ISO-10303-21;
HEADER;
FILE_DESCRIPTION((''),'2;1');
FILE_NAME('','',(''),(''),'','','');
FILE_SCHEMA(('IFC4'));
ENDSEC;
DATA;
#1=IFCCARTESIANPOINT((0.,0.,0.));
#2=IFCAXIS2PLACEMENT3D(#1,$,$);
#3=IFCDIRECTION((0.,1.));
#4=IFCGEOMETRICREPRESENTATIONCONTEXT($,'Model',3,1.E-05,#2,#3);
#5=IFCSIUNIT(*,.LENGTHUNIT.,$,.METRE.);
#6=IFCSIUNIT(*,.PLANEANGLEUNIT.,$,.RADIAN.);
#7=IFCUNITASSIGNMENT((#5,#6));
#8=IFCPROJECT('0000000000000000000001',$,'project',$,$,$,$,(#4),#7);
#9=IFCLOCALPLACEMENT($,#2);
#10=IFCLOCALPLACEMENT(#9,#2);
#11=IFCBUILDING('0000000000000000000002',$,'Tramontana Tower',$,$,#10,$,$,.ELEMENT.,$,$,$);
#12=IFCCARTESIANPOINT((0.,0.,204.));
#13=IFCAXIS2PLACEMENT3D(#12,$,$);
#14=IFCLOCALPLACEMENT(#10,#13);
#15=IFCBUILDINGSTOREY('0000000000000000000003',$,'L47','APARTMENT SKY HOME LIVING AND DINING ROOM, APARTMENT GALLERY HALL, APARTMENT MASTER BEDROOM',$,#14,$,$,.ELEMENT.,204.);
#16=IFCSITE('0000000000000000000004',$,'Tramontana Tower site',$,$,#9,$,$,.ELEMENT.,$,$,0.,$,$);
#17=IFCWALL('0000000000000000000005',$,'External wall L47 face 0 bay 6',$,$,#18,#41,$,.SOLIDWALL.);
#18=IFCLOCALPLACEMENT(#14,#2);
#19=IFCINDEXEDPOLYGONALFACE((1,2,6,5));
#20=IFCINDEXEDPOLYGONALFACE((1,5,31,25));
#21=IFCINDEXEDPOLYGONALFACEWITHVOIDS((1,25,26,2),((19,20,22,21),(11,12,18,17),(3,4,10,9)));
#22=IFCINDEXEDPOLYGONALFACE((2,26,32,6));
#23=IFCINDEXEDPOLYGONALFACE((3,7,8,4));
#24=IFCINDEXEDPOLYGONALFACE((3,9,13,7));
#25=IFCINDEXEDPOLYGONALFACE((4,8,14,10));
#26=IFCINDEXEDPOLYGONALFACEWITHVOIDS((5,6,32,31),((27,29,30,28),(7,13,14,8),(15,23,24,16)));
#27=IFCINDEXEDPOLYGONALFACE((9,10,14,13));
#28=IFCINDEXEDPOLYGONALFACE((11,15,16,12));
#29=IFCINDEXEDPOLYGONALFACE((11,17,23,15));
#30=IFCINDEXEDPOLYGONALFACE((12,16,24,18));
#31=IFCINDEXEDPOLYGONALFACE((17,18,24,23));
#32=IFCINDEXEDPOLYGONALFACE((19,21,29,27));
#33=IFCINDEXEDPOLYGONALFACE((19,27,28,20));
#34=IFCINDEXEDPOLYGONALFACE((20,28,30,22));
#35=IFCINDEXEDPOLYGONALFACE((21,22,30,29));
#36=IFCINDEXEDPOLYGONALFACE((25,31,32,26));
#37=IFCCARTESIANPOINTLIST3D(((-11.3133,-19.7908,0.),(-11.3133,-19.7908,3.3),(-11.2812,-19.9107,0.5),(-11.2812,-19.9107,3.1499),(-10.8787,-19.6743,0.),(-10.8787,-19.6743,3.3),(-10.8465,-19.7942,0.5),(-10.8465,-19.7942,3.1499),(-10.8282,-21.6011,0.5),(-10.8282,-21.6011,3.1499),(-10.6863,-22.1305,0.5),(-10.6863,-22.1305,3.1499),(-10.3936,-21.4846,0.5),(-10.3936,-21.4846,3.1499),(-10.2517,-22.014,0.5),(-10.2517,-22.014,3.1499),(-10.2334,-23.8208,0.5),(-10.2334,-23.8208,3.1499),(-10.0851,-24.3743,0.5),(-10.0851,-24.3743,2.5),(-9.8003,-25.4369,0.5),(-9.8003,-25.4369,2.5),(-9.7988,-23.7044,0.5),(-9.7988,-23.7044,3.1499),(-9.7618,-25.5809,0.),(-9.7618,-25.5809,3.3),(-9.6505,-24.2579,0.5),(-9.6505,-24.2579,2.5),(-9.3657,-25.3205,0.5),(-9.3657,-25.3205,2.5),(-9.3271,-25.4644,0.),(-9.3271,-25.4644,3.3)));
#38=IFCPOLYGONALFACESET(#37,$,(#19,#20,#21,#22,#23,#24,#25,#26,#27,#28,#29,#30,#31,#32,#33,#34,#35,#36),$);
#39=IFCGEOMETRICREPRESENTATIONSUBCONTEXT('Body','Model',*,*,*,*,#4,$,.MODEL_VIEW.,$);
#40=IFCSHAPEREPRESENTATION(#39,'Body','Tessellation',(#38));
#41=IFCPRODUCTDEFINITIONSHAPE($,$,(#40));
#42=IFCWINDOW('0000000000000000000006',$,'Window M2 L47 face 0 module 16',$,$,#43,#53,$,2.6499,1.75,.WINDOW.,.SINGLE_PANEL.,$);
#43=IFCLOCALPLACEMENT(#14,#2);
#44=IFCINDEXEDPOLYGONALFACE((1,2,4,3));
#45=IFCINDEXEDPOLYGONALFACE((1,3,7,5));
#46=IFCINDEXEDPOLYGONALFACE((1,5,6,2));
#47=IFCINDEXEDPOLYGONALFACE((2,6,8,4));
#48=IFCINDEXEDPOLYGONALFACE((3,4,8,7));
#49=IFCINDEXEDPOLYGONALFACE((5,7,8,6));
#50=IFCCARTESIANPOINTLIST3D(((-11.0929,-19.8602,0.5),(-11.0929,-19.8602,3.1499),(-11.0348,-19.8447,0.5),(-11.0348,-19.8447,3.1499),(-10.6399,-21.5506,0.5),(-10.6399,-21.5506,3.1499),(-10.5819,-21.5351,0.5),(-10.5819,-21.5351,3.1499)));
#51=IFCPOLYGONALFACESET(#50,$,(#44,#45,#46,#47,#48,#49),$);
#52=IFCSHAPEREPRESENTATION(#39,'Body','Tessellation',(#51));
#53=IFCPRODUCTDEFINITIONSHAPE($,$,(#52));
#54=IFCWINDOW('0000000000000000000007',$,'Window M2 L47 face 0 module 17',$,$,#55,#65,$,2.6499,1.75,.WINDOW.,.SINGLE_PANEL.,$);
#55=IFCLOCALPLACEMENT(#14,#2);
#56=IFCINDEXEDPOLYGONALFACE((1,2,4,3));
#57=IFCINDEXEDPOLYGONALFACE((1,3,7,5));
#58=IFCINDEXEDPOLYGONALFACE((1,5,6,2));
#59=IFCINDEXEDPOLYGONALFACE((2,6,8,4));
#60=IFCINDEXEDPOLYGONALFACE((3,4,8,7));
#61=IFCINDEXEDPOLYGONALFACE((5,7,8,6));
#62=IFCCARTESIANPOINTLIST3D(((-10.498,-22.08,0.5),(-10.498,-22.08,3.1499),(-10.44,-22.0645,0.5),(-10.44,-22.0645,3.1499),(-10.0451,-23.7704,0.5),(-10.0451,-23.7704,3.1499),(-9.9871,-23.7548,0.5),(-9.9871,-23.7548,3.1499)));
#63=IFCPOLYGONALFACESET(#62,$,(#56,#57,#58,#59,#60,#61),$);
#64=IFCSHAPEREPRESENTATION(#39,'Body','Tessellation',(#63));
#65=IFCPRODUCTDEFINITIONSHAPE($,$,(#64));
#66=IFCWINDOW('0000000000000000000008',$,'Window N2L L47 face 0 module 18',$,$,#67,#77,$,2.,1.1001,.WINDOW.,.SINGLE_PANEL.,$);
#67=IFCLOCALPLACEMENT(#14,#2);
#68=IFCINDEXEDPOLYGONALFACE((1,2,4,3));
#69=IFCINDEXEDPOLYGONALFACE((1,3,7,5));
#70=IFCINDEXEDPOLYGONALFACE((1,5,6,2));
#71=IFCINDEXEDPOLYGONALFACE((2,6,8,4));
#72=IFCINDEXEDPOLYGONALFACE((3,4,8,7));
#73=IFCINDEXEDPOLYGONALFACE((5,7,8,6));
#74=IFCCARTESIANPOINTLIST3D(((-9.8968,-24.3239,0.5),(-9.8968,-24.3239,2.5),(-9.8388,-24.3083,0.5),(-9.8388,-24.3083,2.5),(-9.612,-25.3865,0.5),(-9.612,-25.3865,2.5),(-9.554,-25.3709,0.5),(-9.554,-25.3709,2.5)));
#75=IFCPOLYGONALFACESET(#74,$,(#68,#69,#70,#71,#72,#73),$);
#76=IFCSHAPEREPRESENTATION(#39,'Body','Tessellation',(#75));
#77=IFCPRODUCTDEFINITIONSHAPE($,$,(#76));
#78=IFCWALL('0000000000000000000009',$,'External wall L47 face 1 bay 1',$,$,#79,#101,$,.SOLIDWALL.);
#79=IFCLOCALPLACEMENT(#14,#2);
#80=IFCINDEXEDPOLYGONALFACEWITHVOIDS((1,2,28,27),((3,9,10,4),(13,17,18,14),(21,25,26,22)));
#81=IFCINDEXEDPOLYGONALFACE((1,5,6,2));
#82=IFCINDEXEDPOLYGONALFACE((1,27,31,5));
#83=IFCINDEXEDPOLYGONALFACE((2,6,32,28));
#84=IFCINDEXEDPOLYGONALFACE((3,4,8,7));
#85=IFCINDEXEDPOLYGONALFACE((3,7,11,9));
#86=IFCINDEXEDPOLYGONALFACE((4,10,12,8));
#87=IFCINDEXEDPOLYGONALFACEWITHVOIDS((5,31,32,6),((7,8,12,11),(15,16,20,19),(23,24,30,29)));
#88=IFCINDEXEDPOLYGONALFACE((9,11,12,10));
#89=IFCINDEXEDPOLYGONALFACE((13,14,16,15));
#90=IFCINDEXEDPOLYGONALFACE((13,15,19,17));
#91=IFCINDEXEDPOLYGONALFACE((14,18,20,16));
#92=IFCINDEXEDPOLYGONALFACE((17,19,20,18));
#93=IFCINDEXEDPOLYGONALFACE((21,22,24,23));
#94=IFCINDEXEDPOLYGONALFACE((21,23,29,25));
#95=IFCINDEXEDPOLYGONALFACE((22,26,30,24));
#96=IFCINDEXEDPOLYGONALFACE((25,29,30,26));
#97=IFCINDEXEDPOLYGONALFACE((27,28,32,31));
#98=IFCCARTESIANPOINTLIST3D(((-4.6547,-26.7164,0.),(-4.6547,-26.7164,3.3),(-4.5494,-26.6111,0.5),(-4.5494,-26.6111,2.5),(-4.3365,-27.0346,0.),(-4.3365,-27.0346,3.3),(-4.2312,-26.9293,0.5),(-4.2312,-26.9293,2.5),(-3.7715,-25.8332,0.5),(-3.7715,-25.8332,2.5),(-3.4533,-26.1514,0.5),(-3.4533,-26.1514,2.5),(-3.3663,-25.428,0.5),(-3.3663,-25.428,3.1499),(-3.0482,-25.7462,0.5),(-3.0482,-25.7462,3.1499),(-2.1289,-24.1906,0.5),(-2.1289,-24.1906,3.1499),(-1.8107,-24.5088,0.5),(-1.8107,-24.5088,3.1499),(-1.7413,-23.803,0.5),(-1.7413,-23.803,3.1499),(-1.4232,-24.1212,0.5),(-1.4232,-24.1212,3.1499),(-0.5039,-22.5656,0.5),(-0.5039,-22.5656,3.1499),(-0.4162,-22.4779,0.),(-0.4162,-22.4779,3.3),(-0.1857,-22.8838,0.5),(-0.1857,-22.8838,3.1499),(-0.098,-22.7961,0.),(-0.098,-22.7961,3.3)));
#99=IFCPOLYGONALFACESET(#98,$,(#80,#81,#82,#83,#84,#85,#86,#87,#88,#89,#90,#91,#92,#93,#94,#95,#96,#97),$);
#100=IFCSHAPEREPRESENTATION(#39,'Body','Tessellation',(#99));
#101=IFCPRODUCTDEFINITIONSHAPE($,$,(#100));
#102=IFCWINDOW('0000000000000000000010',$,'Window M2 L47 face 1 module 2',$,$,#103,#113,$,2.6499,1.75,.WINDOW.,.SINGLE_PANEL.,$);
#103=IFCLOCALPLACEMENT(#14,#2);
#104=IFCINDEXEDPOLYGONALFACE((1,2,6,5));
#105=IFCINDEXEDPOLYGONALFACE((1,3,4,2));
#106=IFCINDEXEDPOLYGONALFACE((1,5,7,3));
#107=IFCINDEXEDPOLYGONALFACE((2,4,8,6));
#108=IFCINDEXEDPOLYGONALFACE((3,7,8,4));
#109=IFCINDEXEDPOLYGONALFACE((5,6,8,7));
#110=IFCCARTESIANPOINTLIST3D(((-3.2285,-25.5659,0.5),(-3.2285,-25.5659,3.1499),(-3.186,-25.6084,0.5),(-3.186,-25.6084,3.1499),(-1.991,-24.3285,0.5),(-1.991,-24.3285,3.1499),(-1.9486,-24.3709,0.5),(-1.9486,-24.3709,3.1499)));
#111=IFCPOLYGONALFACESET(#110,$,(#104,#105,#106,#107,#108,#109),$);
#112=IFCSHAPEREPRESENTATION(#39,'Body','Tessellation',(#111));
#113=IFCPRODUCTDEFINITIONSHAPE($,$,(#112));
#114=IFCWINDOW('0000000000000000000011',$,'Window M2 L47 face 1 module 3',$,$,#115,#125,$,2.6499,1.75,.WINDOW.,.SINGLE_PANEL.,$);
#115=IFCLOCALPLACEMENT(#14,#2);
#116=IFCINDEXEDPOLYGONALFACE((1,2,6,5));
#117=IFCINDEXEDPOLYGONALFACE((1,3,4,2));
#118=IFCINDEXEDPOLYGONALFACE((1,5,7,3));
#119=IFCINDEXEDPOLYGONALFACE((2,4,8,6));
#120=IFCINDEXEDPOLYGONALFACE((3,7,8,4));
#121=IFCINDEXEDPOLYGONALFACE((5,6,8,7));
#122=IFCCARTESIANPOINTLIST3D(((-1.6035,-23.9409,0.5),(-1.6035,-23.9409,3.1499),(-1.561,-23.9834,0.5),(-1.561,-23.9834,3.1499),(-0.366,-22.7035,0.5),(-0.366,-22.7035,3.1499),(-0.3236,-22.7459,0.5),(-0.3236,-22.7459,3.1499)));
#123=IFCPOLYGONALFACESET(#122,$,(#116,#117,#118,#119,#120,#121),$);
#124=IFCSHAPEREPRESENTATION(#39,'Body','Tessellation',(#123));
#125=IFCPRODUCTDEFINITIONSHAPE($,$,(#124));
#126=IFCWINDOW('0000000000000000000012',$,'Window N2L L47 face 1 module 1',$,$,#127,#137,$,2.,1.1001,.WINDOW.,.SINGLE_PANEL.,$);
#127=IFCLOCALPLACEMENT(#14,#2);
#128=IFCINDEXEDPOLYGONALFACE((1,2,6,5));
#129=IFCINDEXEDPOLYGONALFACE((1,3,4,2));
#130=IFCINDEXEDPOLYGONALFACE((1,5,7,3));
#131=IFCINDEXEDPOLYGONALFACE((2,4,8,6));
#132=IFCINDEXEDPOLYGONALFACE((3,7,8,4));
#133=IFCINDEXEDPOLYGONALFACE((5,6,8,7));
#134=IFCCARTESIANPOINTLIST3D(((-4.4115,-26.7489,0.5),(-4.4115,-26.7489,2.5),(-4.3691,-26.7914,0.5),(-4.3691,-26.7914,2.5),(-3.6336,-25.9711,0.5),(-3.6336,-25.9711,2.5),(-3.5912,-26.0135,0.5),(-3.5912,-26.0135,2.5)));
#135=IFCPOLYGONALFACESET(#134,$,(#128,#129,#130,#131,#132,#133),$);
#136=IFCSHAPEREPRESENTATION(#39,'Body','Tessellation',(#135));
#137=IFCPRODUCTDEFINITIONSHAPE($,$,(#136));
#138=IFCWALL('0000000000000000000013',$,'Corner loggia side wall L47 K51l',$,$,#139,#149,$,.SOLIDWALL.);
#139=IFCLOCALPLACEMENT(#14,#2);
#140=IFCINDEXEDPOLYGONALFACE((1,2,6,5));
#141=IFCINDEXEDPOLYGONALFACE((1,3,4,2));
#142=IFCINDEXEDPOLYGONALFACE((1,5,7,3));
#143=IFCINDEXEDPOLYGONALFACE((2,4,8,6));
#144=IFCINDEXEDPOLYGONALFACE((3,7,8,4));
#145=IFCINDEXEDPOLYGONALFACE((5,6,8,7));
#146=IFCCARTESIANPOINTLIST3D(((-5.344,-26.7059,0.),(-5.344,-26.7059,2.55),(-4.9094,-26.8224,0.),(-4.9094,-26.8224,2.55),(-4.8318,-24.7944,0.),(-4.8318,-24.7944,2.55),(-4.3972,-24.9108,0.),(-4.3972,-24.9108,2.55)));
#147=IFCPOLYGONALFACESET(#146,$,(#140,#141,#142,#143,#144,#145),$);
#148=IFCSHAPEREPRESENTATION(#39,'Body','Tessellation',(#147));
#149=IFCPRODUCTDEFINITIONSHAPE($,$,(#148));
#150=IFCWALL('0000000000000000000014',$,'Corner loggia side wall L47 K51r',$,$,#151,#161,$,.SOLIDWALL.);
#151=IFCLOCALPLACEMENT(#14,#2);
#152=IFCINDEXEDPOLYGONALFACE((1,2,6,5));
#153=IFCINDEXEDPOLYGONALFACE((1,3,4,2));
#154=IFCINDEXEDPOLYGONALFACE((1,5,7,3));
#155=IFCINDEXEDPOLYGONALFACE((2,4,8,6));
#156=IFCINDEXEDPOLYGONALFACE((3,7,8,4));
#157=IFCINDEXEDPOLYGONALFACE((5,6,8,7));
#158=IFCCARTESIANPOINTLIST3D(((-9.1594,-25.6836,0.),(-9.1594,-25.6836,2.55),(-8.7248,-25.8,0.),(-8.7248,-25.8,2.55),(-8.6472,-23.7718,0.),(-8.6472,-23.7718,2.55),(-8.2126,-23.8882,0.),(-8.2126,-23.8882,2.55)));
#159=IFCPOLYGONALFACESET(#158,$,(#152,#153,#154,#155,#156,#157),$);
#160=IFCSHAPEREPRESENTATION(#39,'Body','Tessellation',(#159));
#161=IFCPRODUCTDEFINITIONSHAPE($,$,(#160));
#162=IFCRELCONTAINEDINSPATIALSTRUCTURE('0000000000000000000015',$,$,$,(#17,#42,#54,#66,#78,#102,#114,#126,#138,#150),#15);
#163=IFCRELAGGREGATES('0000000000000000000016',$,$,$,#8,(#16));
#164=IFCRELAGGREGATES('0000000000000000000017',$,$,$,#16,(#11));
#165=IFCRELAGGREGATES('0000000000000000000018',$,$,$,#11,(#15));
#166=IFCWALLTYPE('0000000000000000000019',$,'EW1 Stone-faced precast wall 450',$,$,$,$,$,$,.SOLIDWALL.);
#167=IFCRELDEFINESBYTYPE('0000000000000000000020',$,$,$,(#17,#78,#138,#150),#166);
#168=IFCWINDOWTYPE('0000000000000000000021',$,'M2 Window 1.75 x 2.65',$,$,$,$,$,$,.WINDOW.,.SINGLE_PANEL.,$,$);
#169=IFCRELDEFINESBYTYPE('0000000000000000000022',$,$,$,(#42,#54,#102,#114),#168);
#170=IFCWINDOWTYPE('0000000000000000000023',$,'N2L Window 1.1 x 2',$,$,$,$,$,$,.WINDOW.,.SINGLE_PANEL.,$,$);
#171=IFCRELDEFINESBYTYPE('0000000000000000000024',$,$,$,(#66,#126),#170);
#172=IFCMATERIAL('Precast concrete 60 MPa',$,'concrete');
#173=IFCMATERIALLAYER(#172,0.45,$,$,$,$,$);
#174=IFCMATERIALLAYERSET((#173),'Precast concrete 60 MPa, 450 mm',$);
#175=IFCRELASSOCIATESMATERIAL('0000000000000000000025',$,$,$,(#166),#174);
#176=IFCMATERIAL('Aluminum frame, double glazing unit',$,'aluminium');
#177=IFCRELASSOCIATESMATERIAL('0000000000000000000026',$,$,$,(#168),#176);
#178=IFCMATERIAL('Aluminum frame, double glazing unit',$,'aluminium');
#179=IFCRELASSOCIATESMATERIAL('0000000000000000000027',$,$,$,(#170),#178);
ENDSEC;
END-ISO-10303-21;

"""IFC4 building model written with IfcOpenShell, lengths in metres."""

from ifc_helpers import new_model, si_unit, direction, frame, frame_2d, origin, place, context, subcontext, project, spatial, rectangle, extrude, material, layer, layer_set, type_object, element, fill, save


model = new_model("IFC4")

# Units and contexts
model_context = context("Model", 3, precision=1e-05, world=origin(), true_north=direction((0.0, 1.0)))
body_context = subcontext(model_context, "Body", "Model", "MODEL_VIEW")
ifc_project = project(units=[si_unit("LENGTHUNIT", "METRE"), si_unit("PLANEANGLEUNIT", "RADIAN")], contexts=[model_context])

# Site, building, storey
site_placement = place(None, origin())
site = spatial("IfcSite", under=ifc_project, at=site_placement, Name="Tramontana Tower site", CompositionType="ELEMENT", RefElevation=0.0)
building_placement = place(site_placement, origin())
building = spatial("IfcBuilding", under=site, at=building_placement, Name="Tramontana Tower", CompositionType="ELEMENT")
storey_placement = place(building_placement, frame((0.0, 0.0, 204.0)))
storey = spatial("IfcBuildingStorey", under=building, at=storey_placement, Name="L47", Description="APARTMENT SKY HOME LIVING AND DINING ROOM, APARTMENT GALLERY HALL, APARTMENT MASTER BEDROOM", CompositionType="ELEMENT", Elevation=204.0)

# Walls, openings, windows
ifc_material_1 = material(Name="Precast concrete 60 MPa", Category="concrete")
ifc_layer_1 = layer(ifc_material_1, 0.45)
ifc_layer_set_1 = layer_set([ifc_layer_1], Name="Precast concrete 60 MPa, 450 mm")
wall_type_1 = type_object("IfcWallType", Name="EW1 Stone-faced precast wall 450", PredefinedType="SOLIDWALL", material=ifc_layer_set_1)
wall_1_placement = place(storey_placement, frame((-11.0959, -19.7327, 0.0), z_axis=(0.0, 0.0, 1.0), x_axis=(0.258831, -0.965923, 0.0)))
wall_1 = element("IfcWall", 1, at=wall_1_placement, inside=storey, type_object=wall_type_1, Name="External wall L47 face 0 bay 6", PredefinedType="SOLIDWALL", context=body_context, shape_type="SweptSolid", body=[
    extrude(rectangle(XDim=5.9944, YDim=0.45, at=frame_2d((2.9971, 0.0))), origin(), (0.0, 0.0, 1.0), 3.3),
])
opening_1_placement = place(wall_1_placement, frame((0.124, 0.0, 0.5)))
opening_1 = element("IfcOpeningElement", 2, at=opening_1_placement, cuts=wall_1, PredefinedType="OPENING", context=body_context, shape_type="SweptSolid", body=[
    extrude(rectangle(XDim=1.75, YDim=2.6499, at=frame_2d((0.875, 1.325))), frame((0.0, 0.2349, 0.0), z_axis=(0.0, -1.0, 0.0), x_axis=(1.0, 0.0, 0.0)), (0.0, 0.0, 1.0), 0.47),
])
opening_2_placement = place(wall_1_placement, frame((2.4221, 0.0, 0.5)))
opening_2 = element("IfcOpeningElement", 3, at=opening_2_placement, cuts=wall_1, PredefinedType="OPENING", context=body_context, shape_type="SweptSolid", body=[
    extrude(rectangle(XDim=1.75, YDim=2.6499, at=frame_2d((0.875, 1.325))), frame((0.0, 0.2349, 0.0), z_axis=(0.0, -1.0, 0.0), x_axis=(1.0, 0.0, 0.0)), (0.0, 0.0, 1.0), 0.47),
])
opening_3_placement = place(wall_1_placement, frame((4.7451, 0.0, 0.5)))
opening_3 = element("IfcOpeningElement", 4, at=opening_3_placement, cuts=wall_1, PredefinedType="OPENING", context=body_context, shape_type="SweptSolid", body=[
    extrude(rectangle(XDim=1.1001, YDim=2.0, at=frame_2d((0.55, 1.0))), frame((0.0, 0.2349, 0.0), z_axis=(0.0, -1.0, 0.0), x_axis=(1.0, 0.0, 0.0)), (0.0, 0.0, 1.0), 0.47),
])
ifc_material_2 = material(Name="Aluminum frame, double glazing unit", Category="aluminium")
window_type_1 = type_object("IfcWindowType", Name="M2 Window 1.75 x 2.65", PartitioningType="SINGLE_PANEL", PredefinedType="WINDOW", material=ifc_material_2)
window_1_placement = place(opening_1_placement, origin())
window_1 = element("IfcWindow", 5, at=window_1_placement, inside=storey, type_object=window_type_1, Name="Window M2 L47 face 0 module 16", OverallHeight=2.6499, OverallWidth=1.75, PartitioningType="SINGLE_PANEL", PredefinedType="WINDOW", context=body_context, shape_type="SweptSolid", body=[
    extrude(rectangle(XDim=1.75, YDim=2.6499, at=frame_2d((0.875, 1.325))), frame((0.0, 0.03, 0.0), z_axis=(0.0, -1.0, 0.0), x_axis=(1.0, 0.0, 0.0)), (0.0, 0.0, 1.0), 0.0601),
])
fill(opening_1, window_1)
window_2_placement = place(opening_2_placement, origin())
window_2 = element("IfcWindow", 6, at=window_2_placement, inside=storey, type_object=window_type_1, Name="Window M2 L47 face 0 module 17", OverallHeight=2.6499, OverallWidth=1.75, PartitioningType="SINGLE_PANEL", PredefinedType="WINDOW", context=body_context, shape_type="SweptSolid", body=[
    extrude(rectangle(XDim=1.75, YDim=2.6499, at=frame_2d((0.875, 1.325))), frame((0.0, 0.03, 0.0), z_axis=(0.0, -1.0, 0.0), x_axis=(1.0, 0.0, 0.0)), (0.0, 0.0, 1.0), 0.0601),
])
fill(opening_2, window_2)
ifc_material_3 = material(Name="Aluminum frame, double glazing unit", Category="aluminium")
window_type_2 = type_object("IfcWindowType", Name="N2L Window 1.1 x 2", PartitioningType="SINGLE_PANEL", PredefinedType="WINDOW", material=ifc_material_3)
window_3_placement = place(opening_3_placement, origin())
window_3 = element("IfcWindow", 7, at=window_3_placement, inside=storey, type_object=window_type_2, Name="Window N2L L47 face 0 module 18", OverallHeight=2.0, OverallWidth=1.1001, PartitioningType="SINGLE_PANEL", PredefinedType="WINDOW", context=body_context, shape_type="SweptSolid", body=[
    extrude(rectangle(XDim=1.1001, YDim=2.0, at=frame_2d((0.55, 1.0))), frame((0.0, 0.03, 0.0), z_axis=(0.0, -1.0, 0.0), x_axis=(1.0, 0.0, 0.0)), (0.0, 0.0, 1.0), 0.0601),
])
fill(opening_3, window_3)
wall_2_placement = place(storey_placement, frame((-4.4956, -26.8755, 0.0), z_axis=(0.0, 0.0, 1.0), x_axis=(0.707107, 0.707107, 0.0)))
wall_2 = element("IfcWall", 8, at=wall_2_placement, inside=storey, type_object=wall_type_1, Name="External wall L47 face 1 bay 1", PredefinedType="SOLIDWALL", context=body_context, shape_type="SweptSolid", body=[
    extrude(rectangle(XDim=5.9941, YDim=0.45, at=frame_2d((2.9971, 0.0))), origin(), (0.0, 0.0, 1.0), 3.3),
])
opening_4_placement = place(wall_2_placement, frame((0.1489, 0.0, 0.5)))
opening_4 = element("IfcOpeningElement", 9, at=opening_4_placement, cuts=wall_2, PredefinedType="OPENING", context=body_context, shape_type="SweptSolid", body=[
    extrude(rectangle(XDim=1.1001, YDim=2.0, at=frame_2d((0.55, 1.0))), frame((0.0, 0.2349, 0.0), z_axis=(0.0, -1.0, 0.0), x_axis=(1.0, 0.0, 0.0)), (0.0, 0.0, 1.0), 0.47),
])
opening_5_placement = place(wall_2_placement, frame((1.822, 0.0, 0.5)))
opening_5 = element("IfcOpeningElement", 10, at=opening_5_placement, cuts=wall_2, PredefinedType="OPENING", context=body_context, shape_type="SweptSolid", body=[
    extrude(rectangle(XDim=1.75, YDim=2.6499, at=frame_2d((0.875, 1.325))), frame((0.0, 0.2349, 0.0), z_axis=(0.0, -1.0, 0.0), x_axis=(1.0, 0.0, 0.0)), (0.0, 0.0, 1.0), 0.47),
])
opening_6_placement = place(wall_2_placement, frame((4.1201, 0.0, 0.5)))
opening_6 = element("IfcOpeningElement", 11, at=opening_6_placement, cuts=wall_2, PredefinedType="OPENING", context=body_context, shape_type="SweptSolid", body=[
    extrude(rectangle(XDim=1.75, YDim=2.6499, at=frame_2d((0.875, 1.325))), frame((0.0, 0.2349, 0.0), z_axis=(0.0, -1.0, 0.0), x_axis=(1.0, 0.0, 0.0)), (0.0, 0.0, 1.0), 0.47),
])
window_4_placement = place(opening_5_placement, origin())
window_4 = element("IfcWindow", 12, at=window_4_placement, inside=storey, type_object=window_type_1, Name="Window M2 L47 face 1 module 2", OverallHeight=2.6499, OverallWidth=1.75, PartitioningType="SINGLE_PANEL", PredefinedType="WINDOW", context=body_context, shape_type="SweptSolid", body=[
    extrude(rectangle(XDim=1.75, YDim=2.6499, at=frame_2d((0.875, 1.325))), frame((0.0, 0.03, 0.0), z_axis=(0.0, -1.0, 0.0), x_axis=(1.0, 0.0, 0.0)), (0.0, 0.0, 1.0), 0.0601),
])
fill(opening_5, window_4)
window_5_placement = place(opening_6_placement, origin())
window_5 = element("IfcWindow", 13, at=window_5_placement, inside=storey, type_object=window_type_1, Name="Window M2 L47 face 1 module 3", OverallHeight=2.6499, OverallWidth=1.75, PartitioningType="SINGLE_PANEL", PredefinedType="WINDOW", context=body_context, shape_type="SweptSolid", body=[
    extrude(rectangle(XDim=1.75, YDim=2.6499, at=frame_2d((0.875, 1.325))), frame((0.0, 0.03, 0.0), z_axis=(0.0, -1.0, 0.0), x_axis=(1.0, 0.0, 0.0)), (0.0, 0.0, 1.0), 0.0601),
])
fill(opening_6, window_5)
window_6_placement = place(opening_4_placement, origin())
window_6 = element("IfcWindow", 14, at=window_6_placement, inside=storey, type_object=window_type_2, Name="Window N2L L47 face 1 module 1", OverallHeight=2.0, OverallWidth=1.1001, PartitioningType="SINGLE_PANEL", PredefinedType="WINDOW", context=body_context, shape_type="SweptSolid", body=[
    extrude(rectangle(XDim=1.1001, YDim=2.0, at=frame_2d((0.55, 1.0))), frame((0.0, 0.03, 0.0), z_axis=(0.0, -1.0, 0.0), x_axis=(1.0, 0.0, 0.0)), (0.0, 0.0, 1.0), 0.0601),
])
fill(opening_4, window_6)

# Walls
wall_3_placement = place(storey_placement, frame((-5.1267, -26.7642, 0.0), z_axis=(0.0, 0.0, 1.0), x_axis=(0.258814, 0.965927, 0.0)))
element("IfcWall", 15, at=wall_3_placement, inside=storey, type_object=wall_type_1, Name="Corner loggia side wall L47 K51l", PredefinedType="SOLIDWALL", context=body_context, shape_type="SweptSolid", body=[
    extrude(rectangle(XDim=1.979, YDim=0.45, at=frame_2d((0.9895, 0.0))), origin(), (0.0, 0.0, 1.0), 2.55),
])
wall_4_placement = place(storey_placement, frame((-8.9421, -25.7419, 0.0), z_axis=(0.0, 0.0, 1.0), x_axis=(0.258783, 0.965935, 0.0)))
element("IfcWall", 16, at=wall_4_placement, inside=storey, type_object=wall_type_1, Name="Corner loggia side wall L47 K51r", PredefinedType="SOLIDWALL", context=body_context, shape_type="SweptSolid", body=[
    extrude(rectangle(XDim=1.9792, YDim=0.45, at=frame_2d((0.9897, 0.0))), origin(), (0.0, 0.0, 1.0), 2.55),
])

save(model, "model.ifc")
